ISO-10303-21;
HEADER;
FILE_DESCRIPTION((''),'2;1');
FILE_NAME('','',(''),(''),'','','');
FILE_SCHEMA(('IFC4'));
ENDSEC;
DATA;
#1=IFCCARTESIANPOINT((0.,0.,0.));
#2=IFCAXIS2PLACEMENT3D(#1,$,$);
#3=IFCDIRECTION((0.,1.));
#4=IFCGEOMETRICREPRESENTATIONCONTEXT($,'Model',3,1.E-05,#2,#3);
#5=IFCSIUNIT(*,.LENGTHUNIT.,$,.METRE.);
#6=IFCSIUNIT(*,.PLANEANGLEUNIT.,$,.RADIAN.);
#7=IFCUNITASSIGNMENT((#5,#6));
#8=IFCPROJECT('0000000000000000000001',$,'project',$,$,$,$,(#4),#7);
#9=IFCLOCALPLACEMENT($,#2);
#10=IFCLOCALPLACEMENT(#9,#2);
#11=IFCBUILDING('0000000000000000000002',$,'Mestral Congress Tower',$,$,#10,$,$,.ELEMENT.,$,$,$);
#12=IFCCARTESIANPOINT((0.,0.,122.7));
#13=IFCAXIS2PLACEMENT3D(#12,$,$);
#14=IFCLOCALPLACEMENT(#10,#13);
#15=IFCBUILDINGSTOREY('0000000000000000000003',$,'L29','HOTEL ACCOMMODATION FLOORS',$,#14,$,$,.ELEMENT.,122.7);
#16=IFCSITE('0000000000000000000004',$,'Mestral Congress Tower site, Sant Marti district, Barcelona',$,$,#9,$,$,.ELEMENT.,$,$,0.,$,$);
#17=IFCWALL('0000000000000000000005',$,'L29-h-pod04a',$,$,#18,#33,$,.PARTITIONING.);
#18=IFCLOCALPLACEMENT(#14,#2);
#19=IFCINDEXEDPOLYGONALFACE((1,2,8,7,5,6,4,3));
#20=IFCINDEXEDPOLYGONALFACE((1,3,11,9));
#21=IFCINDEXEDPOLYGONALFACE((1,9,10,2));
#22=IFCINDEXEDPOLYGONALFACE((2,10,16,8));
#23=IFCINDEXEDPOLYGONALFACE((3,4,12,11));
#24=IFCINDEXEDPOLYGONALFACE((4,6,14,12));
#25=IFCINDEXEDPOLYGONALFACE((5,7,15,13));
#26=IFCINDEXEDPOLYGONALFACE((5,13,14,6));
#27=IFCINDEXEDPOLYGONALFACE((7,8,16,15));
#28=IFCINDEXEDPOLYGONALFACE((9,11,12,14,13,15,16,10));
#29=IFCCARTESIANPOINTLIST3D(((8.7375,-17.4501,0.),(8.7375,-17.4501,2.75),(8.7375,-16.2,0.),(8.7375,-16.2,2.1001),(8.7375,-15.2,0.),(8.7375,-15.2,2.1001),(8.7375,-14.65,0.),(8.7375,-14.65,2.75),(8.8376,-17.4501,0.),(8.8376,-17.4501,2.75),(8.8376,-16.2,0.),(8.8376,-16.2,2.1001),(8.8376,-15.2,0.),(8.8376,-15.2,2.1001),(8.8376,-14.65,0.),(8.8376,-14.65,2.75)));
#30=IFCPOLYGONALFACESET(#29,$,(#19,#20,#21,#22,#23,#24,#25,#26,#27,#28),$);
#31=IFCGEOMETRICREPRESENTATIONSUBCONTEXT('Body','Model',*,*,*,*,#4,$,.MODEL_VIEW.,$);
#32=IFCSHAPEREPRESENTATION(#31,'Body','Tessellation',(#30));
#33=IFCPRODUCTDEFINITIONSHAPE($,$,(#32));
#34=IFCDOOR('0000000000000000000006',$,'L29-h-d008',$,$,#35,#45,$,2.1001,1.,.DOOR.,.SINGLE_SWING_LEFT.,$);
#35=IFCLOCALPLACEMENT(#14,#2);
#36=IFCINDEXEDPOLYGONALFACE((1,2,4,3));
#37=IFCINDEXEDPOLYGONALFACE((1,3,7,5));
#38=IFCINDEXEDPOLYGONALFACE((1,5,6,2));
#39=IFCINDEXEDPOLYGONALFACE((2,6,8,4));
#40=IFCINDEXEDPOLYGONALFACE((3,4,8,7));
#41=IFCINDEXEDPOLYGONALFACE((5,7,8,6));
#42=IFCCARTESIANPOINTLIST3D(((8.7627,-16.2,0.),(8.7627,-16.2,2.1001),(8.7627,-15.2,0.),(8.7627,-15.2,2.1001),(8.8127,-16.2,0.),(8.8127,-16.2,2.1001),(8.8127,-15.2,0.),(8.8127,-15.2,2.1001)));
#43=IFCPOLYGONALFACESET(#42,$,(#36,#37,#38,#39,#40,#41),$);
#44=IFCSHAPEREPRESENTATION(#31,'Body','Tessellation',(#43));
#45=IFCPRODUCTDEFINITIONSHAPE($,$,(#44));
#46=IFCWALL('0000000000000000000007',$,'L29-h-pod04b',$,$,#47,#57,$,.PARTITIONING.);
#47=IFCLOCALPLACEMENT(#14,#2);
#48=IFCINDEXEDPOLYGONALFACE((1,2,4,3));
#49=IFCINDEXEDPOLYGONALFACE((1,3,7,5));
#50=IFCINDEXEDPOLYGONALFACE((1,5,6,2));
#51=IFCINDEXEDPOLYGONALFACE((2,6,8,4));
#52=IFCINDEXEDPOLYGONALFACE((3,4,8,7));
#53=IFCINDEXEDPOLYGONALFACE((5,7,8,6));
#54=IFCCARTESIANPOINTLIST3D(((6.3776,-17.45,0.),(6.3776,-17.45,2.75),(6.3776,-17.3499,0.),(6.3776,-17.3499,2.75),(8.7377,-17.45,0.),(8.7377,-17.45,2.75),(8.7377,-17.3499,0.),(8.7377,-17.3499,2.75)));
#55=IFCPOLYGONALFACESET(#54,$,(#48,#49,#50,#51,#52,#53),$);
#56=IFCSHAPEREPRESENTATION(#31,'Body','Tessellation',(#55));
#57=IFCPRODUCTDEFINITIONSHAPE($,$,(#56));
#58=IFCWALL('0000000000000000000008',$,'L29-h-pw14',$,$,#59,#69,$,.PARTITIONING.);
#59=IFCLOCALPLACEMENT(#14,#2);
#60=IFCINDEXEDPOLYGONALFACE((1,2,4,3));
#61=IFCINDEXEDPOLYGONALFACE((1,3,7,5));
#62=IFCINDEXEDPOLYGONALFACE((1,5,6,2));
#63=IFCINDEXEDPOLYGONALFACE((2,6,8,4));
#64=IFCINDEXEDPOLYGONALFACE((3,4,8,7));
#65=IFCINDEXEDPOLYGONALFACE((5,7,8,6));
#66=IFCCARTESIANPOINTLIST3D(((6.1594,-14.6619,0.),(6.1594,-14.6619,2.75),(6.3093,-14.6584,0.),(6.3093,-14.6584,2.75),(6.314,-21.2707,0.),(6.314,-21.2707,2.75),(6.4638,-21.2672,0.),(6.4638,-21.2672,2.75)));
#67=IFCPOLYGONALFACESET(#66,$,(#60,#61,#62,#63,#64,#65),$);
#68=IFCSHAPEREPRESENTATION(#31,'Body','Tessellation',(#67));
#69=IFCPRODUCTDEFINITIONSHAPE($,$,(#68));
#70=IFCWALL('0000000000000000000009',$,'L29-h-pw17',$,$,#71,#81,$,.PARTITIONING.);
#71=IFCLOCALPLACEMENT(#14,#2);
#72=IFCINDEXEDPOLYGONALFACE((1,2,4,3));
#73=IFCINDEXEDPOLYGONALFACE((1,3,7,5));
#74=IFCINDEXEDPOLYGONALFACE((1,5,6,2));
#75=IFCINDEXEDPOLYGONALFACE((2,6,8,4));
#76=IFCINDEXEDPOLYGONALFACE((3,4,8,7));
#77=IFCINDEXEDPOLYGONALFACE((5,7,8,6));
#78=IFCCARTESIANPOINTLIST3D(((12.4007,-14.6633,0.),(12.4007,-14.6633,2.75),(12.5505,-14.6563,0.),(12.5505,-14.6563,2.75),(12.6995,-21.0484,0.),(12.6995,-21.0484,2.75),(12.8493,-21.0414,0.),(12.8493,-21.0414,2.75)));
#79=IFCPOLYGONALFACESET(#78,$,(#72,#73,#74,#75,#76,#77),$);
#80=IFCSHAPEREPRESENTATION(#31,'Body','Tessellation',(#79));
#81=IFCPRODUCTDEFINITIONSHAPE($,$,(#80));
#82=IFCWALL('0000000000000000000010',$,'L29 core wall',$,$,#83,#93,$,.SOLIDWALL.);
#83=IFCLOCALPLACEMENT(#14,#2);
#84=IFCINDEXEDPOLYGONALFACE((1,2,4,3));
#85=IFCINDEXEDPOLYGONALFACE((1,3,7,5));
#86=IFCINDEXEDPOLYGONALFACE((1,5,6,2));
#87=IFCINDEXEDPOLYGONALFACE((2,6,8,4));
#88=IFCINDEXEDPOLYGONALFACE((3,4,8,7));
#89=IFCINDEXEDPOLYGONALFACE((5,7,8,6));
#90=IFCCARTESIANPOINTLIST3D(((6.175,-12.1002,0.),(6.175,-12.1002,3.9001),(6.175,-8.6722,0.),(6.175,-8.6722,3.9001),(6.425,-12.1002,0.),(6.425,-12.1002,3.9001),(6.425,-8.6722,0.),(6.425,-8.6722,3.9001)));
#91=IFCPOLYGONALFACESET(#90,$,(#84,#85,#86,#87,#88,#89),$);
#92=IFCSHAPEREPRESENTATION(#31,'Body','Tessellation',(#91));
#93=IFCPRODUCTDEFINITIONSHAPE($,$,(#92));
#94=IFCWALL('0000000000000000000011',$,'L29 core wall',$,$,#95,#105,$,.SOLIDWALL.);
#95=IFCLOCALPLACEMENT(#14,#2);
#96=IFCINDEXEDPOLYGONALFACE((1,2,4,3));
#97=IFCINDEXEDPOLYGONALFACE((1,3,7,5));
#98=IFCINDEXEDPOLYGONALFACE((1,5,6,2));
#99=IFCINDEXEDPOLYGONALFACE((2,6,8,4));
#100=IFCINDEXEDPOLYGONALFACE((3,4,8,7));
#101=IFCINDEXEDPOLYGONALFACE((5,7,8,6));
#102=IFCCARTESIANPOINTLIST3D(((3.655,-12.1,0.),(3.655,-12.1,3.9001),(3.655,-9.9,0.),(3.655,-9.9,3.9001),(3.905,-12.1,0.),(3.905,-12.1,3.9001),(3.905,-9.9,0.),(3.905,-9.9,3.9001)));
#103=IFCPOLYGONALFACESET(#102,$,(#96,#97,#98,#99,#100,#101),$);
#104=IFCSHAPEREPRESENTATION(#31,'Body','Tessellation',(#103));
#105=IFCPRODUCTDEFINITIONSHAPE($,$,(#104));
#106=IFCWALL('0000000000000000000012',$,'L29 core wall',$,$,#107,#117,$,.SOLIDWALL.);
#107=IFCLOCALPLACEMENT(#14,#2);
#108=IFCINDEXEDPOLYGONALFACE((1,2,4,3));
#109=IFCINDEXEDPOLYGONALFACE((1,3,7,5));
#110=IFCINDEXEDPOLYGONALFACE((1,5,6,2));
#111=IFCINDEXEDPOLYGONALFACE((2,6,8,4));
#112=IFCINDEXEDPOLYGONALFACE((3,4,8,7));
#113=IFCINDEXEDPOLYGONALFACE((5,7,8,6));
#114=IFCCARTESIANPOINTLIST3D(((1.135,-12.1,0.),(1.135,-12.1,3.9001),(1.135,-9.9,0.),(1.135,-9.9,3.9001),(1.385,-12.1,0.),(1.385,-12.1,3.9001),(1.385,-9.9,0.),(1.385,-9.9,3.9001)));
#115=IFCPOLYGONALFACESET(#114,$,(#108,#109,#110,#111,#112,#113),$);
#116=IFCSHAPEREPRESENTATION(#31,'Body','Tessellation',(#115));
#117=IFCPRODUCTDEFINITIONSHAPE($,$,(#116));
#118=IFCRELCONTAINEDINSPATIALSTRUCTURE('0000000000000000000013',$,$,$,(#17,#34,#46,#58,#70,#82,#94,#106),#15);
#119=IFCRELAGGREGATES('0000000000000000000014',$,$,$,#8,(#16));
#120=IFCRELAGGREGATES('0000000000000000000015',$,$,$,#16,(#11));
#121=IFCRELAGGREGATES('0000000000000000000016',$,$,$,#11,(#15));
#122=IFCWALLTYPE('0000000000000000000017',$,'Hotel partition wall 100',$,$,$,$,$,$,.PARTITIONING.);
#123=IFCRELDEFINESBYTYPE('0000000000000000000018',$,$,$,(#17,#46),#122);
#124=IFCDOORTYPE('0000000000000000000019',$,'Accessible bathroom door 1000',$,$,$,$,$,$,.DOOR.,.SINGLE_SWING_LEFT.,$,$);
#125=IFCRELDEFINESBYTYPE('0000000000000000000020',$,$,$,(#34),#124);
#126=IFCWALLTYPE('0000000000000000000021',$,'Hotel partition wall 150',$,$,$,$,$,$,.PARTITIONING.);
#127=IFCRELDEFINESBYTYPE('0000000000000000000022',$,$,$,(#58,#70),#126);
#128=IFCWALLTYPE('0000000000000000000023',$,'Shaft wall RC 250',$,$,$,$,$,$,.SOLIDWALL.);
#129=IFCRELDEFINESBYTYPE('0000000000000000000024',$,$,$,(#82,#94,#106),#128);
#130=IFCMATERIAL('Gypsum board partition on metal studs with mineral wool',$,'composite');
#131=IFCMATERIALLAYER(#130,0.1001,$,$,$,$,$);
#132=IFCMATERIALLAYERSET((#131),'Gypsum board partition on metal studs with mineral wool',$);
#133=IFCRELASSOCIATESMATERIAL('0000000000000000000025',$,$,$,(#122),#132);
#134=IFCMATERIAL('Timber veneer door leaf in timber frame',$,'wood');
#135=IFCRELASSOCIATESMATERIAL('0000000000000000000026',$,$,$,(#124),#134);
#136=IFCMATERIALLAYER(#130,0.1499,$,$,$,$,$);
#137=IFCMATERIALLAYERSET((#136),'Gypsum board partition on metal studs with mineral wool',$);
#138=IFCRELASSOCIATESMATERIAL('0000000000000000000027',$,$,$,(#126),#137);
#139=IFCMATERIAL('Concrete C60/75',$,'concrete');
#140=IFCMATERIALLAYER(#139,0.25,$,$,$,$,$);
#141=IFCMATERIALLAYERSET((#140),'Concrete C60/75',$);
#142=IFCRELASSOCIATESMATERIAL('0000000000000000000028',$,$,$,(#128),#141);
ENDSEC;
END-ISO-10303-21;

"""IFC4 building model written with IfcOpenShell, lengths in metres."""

from ifc_helpers import new_model, si_unit, direction, frame, frame_2d, origin, place, context, subcontext, project, spatial, rectangle, extrude, material, layer, layer_set, type_object, element, fill, save


model = new_model("IFC4")

# Units and contexts
model_context = context("Model", 3, precision=1e-05, world=origin(), true_north=direction((0.0, 1.0)))
body_context = subcontext(model_context, "Body", "Model", "MODEL_VIEW")
ifc_project = project(units=[si_unit("LENGTHUNIT", "METRE"), si_unit("PLANEANGLEUNIT", "RADIAN")], contexts=[model_context])

# Site, building, storey
site_placement = place(None, origin())
site = spatial("IfcSite", under=ifc_project, at=site_placement, Name="Mestral Congress Tower site, Sant Marti district, Barcelona", CompositionType="ELEMENT", RefElevation=0.0)
building_placement = place(site_placement, origin())
building = spatial("IfcBuilding", under=site, at=building_placement, Name="Mestral Congress Tower", CompositionType="ELEMENT")
storey_placement = place(building_placement, frame((0.0, 0.0, 122.7)))
storey = spatial("IfcBuildingStorey", under=building, at=storey_placement, Name="L29", Description="HOTEL ACCOMMODATION FLOORS", CompositionType="ELEMENT", Elevation=122.7)

# Shared definitions
ifc_material_1 = material(Name="Concrete C60/75", Category="concrete")

# Shared definitions
ifc_material_2 = material(Name="Gypsum board partition on metal studs with mineral wool", Category="composite")
ifc_layer_1 = layer(ifc_material_2, 0.1001)
ifc_layer_set_1 = layer_set([ifc_layer_1], Name="Gypsum board partition on metal studs with mineral wool")
wall_type_1 = type_object("IfcWallType", Name="Hotel partition wall 100", PredefinedType="PARTITIONING", material=ifc_layer_set_1)
ifc_material_3 = material(Name="Timber veneer door leaf in timber frame", Category="wood")

# Wall, opening, door
wall_1_placement = place(storey_placement, frame((8.7876, -17.45, 0.0), z_axis=(0.0, 0.0, 1.0), x_axis=(0.0, 1.0, 0.0)))
wall_1 = element("IfcWall", 1, at=wall_1_placement, inside=storey, type_object=wall_type_1, Name="L29-h-pod04a", PredefinedType="PARTITIONING", context=body_context, shape_type="SweptSolid", body=[
    extrude(rectangle(XDim=2.8, YDim=0.1001, at=frame_2d((1.3999, 0.0))), origin(), (0.0, 0.0, 1.0), 2.75),
])
opening_1_placement = place(wall_1_placement, frame((1.25, 0.0, 0.0)))
opening_1 = element("IfcOpeningElement", 2, at=opening_1_placement, cuts=wall_1, PredefinedType="OPENING", context=body_context, shape_type="SweptSolid", body=[
    extrude(rectangle(XDim=1.0, YDim=2.1001, at=frame_2d((0.5, 1.05))), frame((0.0, 0.0601, 0.0), z_axis=(0.0, -1.0, 0.0), x_axis=(1.0, 0.0, 0.0)), (0.0, 0.0, 1.0), 0.1201),
])
door_type_1 = type_object("IfcDoorType", Name="Accessible bathroom door 1000", OperationType="SINGLE_SWING_LEFT", PredefinedType="DOOR", material=ifc_material_3)
door_1_placement = place(opening_1_placement, origin())
door_1 = element("IfcDoor", 3, at=door_1_placement, inside=storey, type_object=door_type_1, Name="L29-h-d008", OperationType="SINGLE_SWING_LEFT", OverallHeight=2.1001, OverallWidth=1.0, PredefinedType="DOOR", context=body_context, shape_type="SweptSolid", body=[
    extrude(rectangle(XDim=1.0, YDim=2.1001, at=frame_2d((0.5, 1.05))), frame((0.0, 0.0249, 0.0), z_axis=(0.0, -1.0, 0.0), x_axis=(1.0, 0.0, 0.0)), (0.0, 0.0, 1.0), 0.05),
])
fill(opening_1, door_1)

# Walls
wall_2_placement = place(storey_placement, frame((8.7378, -17.3999, 0.0), z_axis=(0.0, 0.0, 1.0), x_axis=(-1.0, 0.0, 0.0)))
element("IfcWall", 4, at=wall_2_placement, inside=storey, type_object=wall_type_1, Name="L29-h-pod04b", PredefinedType="PARTITIONING", context=body_context, shape_type="SweptSolid", body=[
    extrude(rectangle(XDim=2.3601, YDim=0.1001, at=frame_2d((1.1802, 0.0))), origin(), (0.0, 0.0, 1.0), 2.75),
])
ifc_layer_2 = layer(ifc_material_2, 0.1499)
ifc_layer_set_2 = layer_set([ifc_layer_2], Name="Gypsum board partition on metal studs with mineral wool")
wall_type_2 = type_object("IfcWallType", Name="Hotel partition wall 150", PredefinedType="PARTITIONING", material=ifc_layer_set_2)
wall_3_placement = place(storey_placement, frame((6.3889, -21.2688, 0.0), z_axis=(0.0, 0.0, 1.0), x_axis=(-0.023377, 0.999727, 0.0)))
element("IfcWall", 5, at=wall_3_placement, inside=storey, type_object=wall_type_2, Name="L29-h-pw14", PredefinedType="PARTITIONING", context=body_context, shape_type="SweptSolid", body=[
    extrude(rectangle(XDim=6.6106, YDim=0.1499, at=frame_2d((3.3052, 0.0))), origin(), (0.0, 0.0, 1.0), 2.75),
])
wall_4_placement = place(storey_placement, frame((12.7744, -21.0449, 0.0), z_axis=(0.0, 0.0, 1.0), x_axis=(-0.04675, 0.998907, 0.0)))
element("IfcWall", 6, at=wall_4_placement, inside=storey, type_object=wall_type_2, Name="L29-h-pw17", PredefinedType="PARTITIONING", context=body_context, shape_type="SweptSolid", body=[
    extrude(rectangle(XDim=6.3921, YDim=0.1499, at=frame_2d((3.196, 0.0))), origin(), (0.0, 0.0, 1.0), 2.75),
])
ifc_layer_3 = layer(ifc_material_1, 0.25)
ifc_layer_set_3 = layer_set([ifc_layer_3], Name="Concrete C60/75")
wall_type_3 = type_object("IfcWallType", Name="Shaft wall RC 250", PredefinedType="SOLIDWALL", material=ifc_layer_set_3)
wall_5_placement = place(storey_placement, frame((6.3, -12.1001, 0.0), z_axis=(0.0, 0.0, 1.0), x_axis=(0.0, 1.0, 0.0)))
element("IfcWall", 7, at=wall_5_placement, inside=storey, type_object=wall_type_3, Name="L29 core wall", PredefinedType="SOLIDWALL", context=body_context, shape_type="SweptSolid", body=[
    extrude(rectangle(XDim=3.428, YDim=0.25, at=frame_2d((1.7139, 0.0))), origin(), (0.0, 0.0, 1.0), 3.9001),
])
for number, where, z_axis, x_axis, name in (
    (8, (3.78, -12.1001, 0.0), (0.0, 0.0, 1.0), (0.0, 1.0, 0.0), "L29 core wall"),
    (9, (1.26, -12.1001, 0.0), (0.0, 0.0, 1.0), (0.0, 1.0, 0.0), "L29 core wall"),
):
    element("IfcWall", number, at=place(storey_placement, frame(where, z_axis=z_axis, x_axis=x_axis)), inside=storey, type_object=wall_type_3, Name=name, PredefinedType="SOLIDWALL", context=body_context, shape_type="SweptSolid", body=[
        extrude(rectangle(XDim=2.2, YDim=0.25, at=frame_2d((1.1001, 0.0))), origin(), (0.0, 0.0, 1.0), 3.9001),
    ])

save(model, "model.ifc")
